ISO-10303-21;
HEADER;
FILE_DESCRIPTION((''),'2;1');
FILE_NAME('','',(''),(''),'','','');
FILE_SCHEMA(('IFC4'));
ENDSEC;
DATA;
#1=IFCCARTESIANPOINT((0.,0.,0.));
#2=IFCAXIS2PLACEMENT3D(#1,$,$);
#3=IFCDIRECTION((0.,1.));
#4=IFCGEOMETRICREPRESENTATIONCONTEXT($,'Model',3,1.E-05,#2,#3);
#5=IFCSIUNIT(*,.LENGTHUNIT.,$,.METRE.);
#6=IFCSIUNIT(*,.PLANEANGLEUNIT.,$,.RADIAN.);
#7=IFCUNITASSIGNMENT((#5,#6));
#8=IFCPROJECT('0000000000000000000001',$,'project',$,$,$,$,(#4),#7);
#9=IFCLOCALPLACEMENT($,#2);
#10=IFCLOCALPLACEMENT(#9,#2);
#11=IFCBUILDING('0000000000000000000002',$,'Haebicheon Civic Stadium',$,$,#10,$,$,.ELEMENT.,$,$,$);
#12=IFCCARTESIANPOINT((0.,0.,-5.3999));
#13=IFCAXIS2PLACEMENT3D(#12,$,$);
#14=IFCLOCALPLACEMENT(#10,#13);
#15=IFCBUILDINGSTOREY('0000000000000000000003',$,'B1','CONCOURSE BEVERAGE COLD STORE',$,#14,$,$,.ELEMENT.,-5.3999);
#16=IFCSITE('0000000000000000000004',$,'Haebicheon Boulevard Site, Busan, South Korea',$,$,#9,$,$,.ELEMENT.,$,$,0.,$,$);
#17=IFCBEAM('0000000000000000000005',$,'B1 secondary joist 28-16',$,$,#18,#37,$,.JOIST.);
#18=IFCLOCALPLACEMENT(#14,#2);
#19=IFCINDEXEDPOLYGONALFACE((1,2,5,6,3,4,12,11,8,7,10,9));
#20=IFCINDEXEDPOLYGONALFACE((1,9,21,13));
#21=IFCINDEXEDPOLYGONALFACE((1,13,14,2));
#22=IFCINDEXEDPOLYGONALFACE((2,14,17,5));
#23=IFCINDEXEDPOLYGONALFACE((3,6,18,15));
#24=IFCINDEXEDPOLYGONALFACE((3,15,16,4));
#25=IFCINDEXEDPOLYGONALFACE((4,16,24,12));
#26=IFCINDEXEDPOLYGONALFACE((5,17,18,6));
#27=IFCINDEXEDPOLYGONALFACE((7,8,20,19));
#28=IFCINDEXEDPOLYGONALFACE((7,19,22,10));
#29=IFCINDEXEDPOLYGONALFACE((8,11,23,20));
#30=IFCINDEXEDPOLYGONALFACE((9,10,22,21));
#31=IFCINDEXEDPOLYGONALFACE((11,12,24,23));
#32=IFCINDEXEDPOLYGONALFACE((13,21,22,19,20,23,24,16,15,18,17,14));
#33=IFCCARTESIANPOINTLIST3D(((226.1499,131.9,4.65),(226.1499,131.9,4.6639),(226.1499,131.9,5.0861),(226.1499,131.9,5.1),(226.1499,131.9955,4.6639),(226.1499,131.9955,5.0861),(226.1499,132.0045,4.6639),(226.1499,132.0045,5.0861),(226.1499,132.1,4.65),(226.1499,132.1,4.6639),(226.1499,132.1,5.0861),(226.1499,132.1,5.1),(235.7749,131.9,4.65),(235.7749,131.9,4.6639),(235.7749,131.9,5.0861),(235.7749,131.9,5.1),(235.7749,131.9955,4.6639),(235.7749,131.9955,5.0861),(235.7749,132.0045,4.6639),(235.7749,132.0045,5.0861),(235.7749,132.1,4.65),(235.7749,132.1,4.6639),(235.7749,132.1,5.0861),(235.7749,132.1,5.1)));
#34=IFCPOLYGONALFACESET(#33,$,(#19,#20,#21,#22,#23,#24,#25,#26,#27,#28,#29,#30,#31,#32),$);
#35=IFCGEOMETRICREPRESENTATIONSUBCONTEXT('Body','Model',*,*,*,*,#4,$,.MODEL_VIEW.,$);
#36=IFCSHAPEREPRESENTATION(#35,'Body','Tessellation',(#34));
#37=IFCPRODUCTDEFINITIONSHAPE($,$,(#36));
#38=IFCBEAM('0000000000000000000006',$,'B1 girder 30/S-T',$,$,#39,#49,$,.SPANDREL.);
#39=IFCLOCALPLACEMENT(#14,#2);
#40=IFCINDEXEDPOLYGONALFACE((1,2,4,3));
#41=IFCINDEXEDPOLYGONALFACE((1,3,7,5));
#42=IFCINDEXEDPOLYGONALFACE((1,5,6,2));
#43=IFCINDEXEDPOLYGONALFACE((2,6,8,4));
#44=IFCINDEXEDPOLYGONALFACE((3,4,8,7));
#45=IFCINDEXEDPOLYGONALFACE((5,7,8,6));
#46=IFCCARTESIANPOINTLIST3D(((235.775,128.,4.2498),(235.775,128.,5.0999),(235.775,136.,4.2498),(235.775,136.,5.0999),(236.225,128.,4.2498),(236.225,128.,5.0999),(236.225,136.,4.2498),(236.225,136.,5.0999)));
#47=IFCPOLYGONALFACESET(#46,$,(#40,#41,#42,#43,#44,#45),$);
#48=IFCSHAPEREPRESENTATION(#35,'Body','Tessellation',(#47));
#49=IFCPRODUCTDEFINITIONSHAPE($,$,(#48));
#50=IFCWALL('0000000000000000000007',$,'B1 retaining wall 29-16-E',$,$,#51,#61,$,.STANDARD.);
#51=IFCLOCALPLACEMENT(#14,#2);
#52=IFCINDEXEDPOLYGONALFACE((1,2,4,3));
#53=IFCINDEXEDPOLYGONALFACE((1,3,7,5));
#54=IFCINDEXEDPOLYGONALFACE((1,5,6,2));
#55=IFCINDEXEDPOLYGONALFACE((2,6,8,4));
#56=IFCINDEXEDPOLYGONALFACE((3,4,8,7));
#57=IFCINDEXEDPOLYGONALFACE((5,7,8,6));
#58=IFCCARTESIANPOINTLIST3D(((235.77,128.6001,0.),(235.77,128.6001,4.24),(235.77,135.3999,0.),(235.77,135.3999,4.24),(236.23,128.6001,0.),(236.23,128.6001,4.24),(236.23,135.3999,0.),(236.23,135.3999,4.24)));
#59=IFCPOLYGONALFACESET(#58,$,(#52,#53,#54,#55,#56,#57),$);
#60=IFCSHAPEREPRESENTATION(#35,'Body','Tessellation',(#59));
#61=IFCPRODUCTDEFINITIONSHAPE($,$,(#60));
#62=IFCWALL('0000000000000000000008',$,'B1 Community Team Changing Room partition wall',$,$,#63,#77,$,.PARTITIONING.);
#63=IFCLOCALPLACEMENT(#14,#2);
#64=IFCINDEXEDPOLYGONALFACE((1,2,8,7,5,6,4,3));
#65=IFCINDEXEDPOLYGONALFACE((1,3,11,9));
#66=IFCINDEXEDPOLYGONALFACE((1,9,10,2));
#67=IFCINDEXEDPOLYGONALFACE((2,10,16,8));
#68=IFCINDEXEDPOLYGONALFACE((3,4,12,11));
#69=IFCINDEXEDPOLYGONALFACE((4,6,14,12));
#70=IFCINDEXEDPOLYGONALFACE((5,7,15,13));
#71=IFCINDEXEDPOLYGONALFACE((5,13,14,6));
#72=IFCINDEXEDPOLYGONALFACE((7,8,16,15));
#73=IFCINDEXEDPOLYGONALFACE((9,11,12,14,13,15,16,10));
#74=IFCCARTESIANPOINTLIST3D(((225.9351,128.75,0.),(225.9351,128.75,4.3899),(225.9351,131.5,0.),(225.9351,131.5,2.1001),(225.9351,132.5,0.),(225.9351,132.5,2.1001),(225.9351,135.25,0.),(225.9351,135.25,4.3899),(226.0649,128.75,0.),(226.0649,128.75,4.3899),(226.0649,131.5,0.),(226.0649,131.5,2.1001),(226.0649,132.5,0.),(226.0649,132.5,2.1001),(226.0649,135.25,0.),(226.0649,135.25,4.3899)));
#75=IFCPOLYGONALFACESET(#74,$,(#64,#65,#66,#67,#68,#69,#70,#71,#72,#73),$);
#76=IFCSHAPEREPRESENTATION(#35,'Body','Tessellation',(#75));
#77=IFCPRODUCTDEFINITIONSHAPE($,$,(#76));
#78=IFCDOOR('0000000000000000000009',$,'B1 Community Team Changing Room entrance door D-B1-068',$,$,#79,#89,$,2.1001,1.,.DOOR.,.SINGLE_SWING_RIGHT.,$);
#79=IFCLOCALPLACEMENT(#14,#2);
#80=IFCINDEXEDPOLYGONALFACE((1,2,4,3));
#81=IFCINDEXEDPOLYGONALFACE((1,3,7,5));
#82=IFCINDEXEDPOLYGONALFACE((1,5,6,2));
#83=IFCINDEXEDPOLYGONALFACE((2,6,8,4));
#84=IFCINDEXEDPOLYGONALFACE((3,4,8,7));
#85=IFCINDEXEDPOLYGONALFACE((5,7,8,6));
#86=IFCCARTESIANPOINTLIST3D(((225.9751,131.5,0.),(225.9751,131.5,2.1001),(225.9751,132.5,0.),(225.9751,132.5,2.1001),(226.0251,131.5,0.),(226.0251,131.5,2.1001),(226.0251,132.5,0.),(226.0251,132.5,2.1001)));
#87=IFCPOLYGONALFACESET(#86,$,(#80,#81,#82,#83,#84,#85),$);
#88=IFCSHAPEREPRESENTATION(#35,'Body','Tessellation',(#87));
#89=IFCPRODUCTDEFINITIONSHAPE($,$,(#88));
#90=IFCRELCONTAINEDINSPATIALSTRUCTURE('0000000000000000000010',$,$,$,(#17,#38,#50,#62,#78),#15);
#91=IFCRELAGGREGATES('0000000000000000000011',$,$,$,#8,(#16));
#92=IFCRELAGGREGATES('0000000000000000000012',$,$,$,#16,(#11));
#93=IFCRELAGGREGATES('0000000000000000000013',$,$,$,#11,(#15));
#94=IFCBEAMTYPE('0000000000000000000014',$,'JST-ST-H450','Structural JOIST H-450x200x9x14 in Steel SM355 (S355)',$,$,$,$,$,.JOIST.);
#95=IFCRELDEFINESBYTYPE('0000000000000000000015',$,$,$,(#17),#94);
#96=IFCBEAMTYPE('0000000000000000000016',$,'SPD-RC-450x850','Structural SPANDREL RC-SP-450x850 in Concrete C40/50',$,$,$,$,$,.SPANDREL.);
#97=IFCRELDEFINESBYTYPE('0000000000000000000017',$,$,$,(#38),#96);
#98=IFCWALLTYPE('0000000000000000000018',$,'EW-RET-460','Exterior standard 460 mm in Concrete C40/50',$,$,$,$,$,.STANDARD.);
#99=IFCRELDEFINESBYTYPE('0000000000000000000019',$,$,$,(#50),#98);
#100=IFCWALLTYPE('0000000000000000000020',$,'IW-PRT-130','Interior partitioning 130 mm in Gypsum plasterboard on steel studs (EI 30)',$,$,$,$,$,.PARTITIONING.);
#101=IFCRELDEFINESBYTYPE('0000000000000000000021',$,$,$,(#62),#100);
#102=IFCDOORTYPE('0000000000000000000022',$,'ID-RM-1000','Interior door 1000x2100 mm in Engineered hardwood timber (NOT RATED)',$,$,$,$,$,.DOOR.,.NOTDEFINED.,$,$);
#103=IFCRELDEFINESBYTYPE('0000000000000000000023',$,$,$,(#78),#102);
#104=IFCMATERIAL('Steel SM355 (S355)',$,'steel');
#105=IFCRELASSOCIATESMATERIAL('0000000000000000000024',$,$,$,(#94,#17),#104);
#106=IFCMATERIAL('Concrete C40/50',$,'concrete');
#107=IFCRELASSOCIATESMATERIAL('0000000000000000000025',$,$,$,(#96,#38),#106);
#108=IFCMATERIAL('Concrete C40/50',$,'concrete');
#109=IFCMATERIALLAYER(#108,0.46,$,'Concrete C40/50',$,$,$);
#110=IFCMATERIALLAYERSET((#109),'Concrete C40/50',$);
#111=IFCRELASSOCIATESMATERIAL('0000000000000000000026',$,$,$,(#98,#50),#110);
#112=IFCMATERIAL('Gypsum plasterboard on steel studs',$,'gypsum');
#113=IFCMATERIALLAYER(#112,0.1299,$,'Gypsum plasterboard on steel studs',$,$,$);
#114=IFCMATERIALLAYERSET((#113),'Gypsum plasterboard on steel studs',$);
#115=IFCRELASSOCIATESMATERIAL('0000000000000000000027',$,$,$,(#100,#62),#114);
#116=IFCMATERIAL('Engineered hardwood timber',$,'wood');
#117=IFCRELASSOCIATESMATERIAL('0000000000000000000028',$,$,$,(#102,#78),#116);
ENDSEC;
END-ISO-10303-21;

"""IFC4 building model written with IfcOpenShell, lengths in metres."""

from ifc_helpers import new_model, si_unit, direction, frame, frame_2d, origin, origin_2d, place, context, subcontext, project, spatial, rectangle, i_section, extrude, material, layer, layer_set, material_profile, profile_set, type_object, element, fill, save


model = new_model("IFC4")

# Units and contexts
model_context = context("Model", 3, precision=1e-05, world=origin(), true_north=direction((0.0, 1.0)))
body_context = subcontext(model_context, "Body", "Model", "MODEL_VIEW")
ifc_project = project(units=[si_unit("LENGTHUNIT", "METRE"), si_unit("PLANEANGLEUNIT", "RADIAN")], contexts=[model_context])

# Site, building, storey
site_placement = place(None, origin())
site = spatial("IfcSite", under=ifc_project, at=site_placement, Name="Haebicheon Boulevard Site, Busan, South Korea", CompositionType="ELEMENT", RefElevation=0.0)
building_placement = place(site_placement, origin())
building = spatial("IfcBuilding", under=site, at=building_placement, Name="Haebicheon Civic Stadium", CompositionType="ELEMENT")
storey_placement = place(building_placement, frame((0.0, 0.0, -5.3999)))
storey = spatial("IfcBuildingStorey", under=building, at=storey_placement, Name="B1", Description="CONCOURSE BEVERAGE COLD STORE", CompositionType="ELEMENT", Elevation=-5.3999)

# Beams
ifc_material_1 = material(Name="Steel SM355 (S355)", Category="steel")
ifc_material_profile_1 = material_profile(ifc_material_1, i_section(OverallWidth=0.2, OverallDepth=0.45, WebThickness=0.009, FlangeThickness=0.0139, at=origin_2d()), Name="H-450x200x9x14")
ifc_profile_set_1 = profile_set([ifc_material_profile_1], Name="Steel SM355 (S355)")
beam_type_1 = type_object("IfcBeamType", Name="JST-ST-H450", Description="Structural JOIST H-450x200x9x14 in Steel SM355 (S355)", PredefinedType="JOIST", material=ifc_profile_set_1)
for number, where, z_axis, x_axis, name in (
    (1, (226.1499, 132.0, 4.875), (1.0, 0.0, 0.0), (0.0, 1.0, 0.0), "B1 secondary joist 28-16"),
):
    element("IfcBeam", number, at=place(storey_placement, frame(where, z_axis=z_axis, x_axis=x_axis)), inside=storey, type_object=beam_type_1, material=ifc_profile_set_1, Name=name, PredefinedType="JOIST", context=body_context, shape_type="SweptSolid", body=[
        extrude(i_section(OverallWidth=0.2, OverallDepth=0.45, WebThickness=0.009, FlangeThickness=0.0139, at=origin_2d()), origin(), (0.0, 0.0, 1.0), 9.625),
    ])
ifc_material_2 = material(Name="Concrete C40/50", Category="concrete")
ifc_material_profile_2 = material_profile(ifc_material_2, rectangle(XDim=0.45, YDim=0.8501, at=origin_2d()), Name="RC-SP-450x850")
ifc_profile_set_2 = profile_set([ifc_material_profile_2], Name="Concrete C40/50")
beam_type_2 = type_object("IfcBeamType", Name="SPD-RC-450x850", Description="Structural SPANDREL RC-SP-450x850 in Concrete C40/50", PredefinedType="SPANDREL", material=ifc_profile_set_2)
beam_1_placement = place(storey_placement, frame((236.0, 128.0, 4.6748), z_axis=(0.0, 1.0, 0.0), x_axis=(-1.0, 0.0, 0.0)))
element("IfcBeam", 2, at=beam_1_placement, inside=storey, type_object=beam_type_2, material=ifc_profile_set_2, Name="B1 girder 30/S-T", PredefinedType="SPANDREL", context=body_context, shape_type="SweptSolid", body=[
    extrude(rectangle(XDim=0.45, YDim=0.8501, at=origin_2d()), origin(), (0.0, 0.0, 1.0), 8.0),
])

# Wall
ifc_material_3 = material(Name="Concrete C40/50", Category="concrete")
ifc_layer_1 = layer(ifc_material_3, 0.46, Name="Concrete C40/50")
ifc_layer_set_1 = layer_set([ifc_layer_1], Name="Concrete C40/50")
wall_type_1 = type_object("IfcWallType", Name="EW-RET-460", Description="Exterior standard 460 mm in Concrete C40/50", PredefinedType="STANDARD", material=ifc_layer_set_1)
wall_1_placement = place(storey_placement, frame((236.0, 128.6001, 0.0), z_axis=(0.0, 0.0, 1.0), x_axis=(0.0, 1.0, 0.0)))
element("IfcWall", 3, at=wall_1_placement, inside=storey, type_object=wall_type_1, material=ifc_layer_set_1, Name="B1 retaining wall 29-16-E", PredefinedType="STANDARD", context=body_context, shape_type="SweptSolid", body=[
    extrude(rectangle(XDim=6.7998, YDim=0.46, at=frame_2d((3.3999, 0.0))), origin(), (0.0, 0.0, 1.0), 4.24),
])

# Wall, opening, door
ifc_material_4 = material(Name="Gypsum plasterboard on steel studs", Category="gypsum")
ifc_layer_2 = layer(ifc_material_4, 0.1299, Name="Gypsum plasterboard on steel studs")
ifc_layer_set_2 = layer_set([ifc_layer_2], Name="Gypsum plasterboard on steel studs")
wall_type_2 = type_object("IfcWallType", Name="IW-PRT-130", Description="Interior partitioning 130 mm in Gypsum plasterboard on steel studs (EI 30)", PredefinedType="PARTITIONING", material=ifc_layer_set_2)
wall_2_placement = place(storey_placement, frame((226.0, 128.75, 0.0), z_axis=(0.0, 0.0, 1.0), x_axis=(0.0, 1.0, 0.0)))
wall_2 = element("IfcWall", 4, at=wall_2_placement, inside=storey, type_object=wall_type_2, material=ifc_layer_set_2, Name="B1 Community Team Changing Room partition wall", PredefinedType="PARTITIONING", context=body_context, shape_type="SweptSolid", body=[
    extrude(rectangle(XDim=6.5, YDim=0.1299, at=frame_2d((3.25, 0.0))), origin(), (0.0, 0.0, 1.0), 4.3899),
])
opening_placement = place(wall_2_placement, frame((2.75, 0.0, 0.0)))
opening = element("IfcOpeningElement", 5, at=opening_placement, cuts=wall_2, PredefinedType="OPENING", context=body_context, shape_type="SweptSolid", body=[
    extrude(rectangle(XDim=1.0, YDim=2.1001, at=frame_2d((0.5, 1.05))), frame((0.0, 0.075, 0.0), z_axis=(0.0, -1.0, 0.0), x_axis=(1.0, 0.0, 0.0)), (0.0, 0.0, 1.0), 0.1499),
])
ifc_material_5 = material(Name="Engineered hardwood timber", Category="wood")
door_type = type_object("IfcDoorType", Name="ID-RM-1000", Description="Interior door 1000x2100 mm in Engineered hardwood timber (NOT RATED)", OperationType="NOTDEFINED", PredefinedType="DOOR", material=ifc_material_5)
door_placement = place(opening_placement, origin())
door = element("IfcDoor", 6, at=door_placement, inside=storey, type_object=door_type, material=ifc_material_5, Name="B1 Community Team Changing Room entrance door D-B1-068", OperationType="SINGLE_SWING_RIGHT", OverallHeight=2.1001, OverallWidth=1.0, PredefinedType="DOOR", context=body_context, shape_type="SweptSolid", body=[
    extrude(rectangle(XDim=1.0, YDim=2.1001, at=frame_2d((0.5, 1.05))), frame((0.0, 0.0249, 0.0), z_axis=(0.0, -1.0, 0.0), x_axis=(1.0, 0.0, 0.0)), (0.0, 0.0, 1.0), 0.05),
])
fill(opening, door)

save(model, "model.ifc")
